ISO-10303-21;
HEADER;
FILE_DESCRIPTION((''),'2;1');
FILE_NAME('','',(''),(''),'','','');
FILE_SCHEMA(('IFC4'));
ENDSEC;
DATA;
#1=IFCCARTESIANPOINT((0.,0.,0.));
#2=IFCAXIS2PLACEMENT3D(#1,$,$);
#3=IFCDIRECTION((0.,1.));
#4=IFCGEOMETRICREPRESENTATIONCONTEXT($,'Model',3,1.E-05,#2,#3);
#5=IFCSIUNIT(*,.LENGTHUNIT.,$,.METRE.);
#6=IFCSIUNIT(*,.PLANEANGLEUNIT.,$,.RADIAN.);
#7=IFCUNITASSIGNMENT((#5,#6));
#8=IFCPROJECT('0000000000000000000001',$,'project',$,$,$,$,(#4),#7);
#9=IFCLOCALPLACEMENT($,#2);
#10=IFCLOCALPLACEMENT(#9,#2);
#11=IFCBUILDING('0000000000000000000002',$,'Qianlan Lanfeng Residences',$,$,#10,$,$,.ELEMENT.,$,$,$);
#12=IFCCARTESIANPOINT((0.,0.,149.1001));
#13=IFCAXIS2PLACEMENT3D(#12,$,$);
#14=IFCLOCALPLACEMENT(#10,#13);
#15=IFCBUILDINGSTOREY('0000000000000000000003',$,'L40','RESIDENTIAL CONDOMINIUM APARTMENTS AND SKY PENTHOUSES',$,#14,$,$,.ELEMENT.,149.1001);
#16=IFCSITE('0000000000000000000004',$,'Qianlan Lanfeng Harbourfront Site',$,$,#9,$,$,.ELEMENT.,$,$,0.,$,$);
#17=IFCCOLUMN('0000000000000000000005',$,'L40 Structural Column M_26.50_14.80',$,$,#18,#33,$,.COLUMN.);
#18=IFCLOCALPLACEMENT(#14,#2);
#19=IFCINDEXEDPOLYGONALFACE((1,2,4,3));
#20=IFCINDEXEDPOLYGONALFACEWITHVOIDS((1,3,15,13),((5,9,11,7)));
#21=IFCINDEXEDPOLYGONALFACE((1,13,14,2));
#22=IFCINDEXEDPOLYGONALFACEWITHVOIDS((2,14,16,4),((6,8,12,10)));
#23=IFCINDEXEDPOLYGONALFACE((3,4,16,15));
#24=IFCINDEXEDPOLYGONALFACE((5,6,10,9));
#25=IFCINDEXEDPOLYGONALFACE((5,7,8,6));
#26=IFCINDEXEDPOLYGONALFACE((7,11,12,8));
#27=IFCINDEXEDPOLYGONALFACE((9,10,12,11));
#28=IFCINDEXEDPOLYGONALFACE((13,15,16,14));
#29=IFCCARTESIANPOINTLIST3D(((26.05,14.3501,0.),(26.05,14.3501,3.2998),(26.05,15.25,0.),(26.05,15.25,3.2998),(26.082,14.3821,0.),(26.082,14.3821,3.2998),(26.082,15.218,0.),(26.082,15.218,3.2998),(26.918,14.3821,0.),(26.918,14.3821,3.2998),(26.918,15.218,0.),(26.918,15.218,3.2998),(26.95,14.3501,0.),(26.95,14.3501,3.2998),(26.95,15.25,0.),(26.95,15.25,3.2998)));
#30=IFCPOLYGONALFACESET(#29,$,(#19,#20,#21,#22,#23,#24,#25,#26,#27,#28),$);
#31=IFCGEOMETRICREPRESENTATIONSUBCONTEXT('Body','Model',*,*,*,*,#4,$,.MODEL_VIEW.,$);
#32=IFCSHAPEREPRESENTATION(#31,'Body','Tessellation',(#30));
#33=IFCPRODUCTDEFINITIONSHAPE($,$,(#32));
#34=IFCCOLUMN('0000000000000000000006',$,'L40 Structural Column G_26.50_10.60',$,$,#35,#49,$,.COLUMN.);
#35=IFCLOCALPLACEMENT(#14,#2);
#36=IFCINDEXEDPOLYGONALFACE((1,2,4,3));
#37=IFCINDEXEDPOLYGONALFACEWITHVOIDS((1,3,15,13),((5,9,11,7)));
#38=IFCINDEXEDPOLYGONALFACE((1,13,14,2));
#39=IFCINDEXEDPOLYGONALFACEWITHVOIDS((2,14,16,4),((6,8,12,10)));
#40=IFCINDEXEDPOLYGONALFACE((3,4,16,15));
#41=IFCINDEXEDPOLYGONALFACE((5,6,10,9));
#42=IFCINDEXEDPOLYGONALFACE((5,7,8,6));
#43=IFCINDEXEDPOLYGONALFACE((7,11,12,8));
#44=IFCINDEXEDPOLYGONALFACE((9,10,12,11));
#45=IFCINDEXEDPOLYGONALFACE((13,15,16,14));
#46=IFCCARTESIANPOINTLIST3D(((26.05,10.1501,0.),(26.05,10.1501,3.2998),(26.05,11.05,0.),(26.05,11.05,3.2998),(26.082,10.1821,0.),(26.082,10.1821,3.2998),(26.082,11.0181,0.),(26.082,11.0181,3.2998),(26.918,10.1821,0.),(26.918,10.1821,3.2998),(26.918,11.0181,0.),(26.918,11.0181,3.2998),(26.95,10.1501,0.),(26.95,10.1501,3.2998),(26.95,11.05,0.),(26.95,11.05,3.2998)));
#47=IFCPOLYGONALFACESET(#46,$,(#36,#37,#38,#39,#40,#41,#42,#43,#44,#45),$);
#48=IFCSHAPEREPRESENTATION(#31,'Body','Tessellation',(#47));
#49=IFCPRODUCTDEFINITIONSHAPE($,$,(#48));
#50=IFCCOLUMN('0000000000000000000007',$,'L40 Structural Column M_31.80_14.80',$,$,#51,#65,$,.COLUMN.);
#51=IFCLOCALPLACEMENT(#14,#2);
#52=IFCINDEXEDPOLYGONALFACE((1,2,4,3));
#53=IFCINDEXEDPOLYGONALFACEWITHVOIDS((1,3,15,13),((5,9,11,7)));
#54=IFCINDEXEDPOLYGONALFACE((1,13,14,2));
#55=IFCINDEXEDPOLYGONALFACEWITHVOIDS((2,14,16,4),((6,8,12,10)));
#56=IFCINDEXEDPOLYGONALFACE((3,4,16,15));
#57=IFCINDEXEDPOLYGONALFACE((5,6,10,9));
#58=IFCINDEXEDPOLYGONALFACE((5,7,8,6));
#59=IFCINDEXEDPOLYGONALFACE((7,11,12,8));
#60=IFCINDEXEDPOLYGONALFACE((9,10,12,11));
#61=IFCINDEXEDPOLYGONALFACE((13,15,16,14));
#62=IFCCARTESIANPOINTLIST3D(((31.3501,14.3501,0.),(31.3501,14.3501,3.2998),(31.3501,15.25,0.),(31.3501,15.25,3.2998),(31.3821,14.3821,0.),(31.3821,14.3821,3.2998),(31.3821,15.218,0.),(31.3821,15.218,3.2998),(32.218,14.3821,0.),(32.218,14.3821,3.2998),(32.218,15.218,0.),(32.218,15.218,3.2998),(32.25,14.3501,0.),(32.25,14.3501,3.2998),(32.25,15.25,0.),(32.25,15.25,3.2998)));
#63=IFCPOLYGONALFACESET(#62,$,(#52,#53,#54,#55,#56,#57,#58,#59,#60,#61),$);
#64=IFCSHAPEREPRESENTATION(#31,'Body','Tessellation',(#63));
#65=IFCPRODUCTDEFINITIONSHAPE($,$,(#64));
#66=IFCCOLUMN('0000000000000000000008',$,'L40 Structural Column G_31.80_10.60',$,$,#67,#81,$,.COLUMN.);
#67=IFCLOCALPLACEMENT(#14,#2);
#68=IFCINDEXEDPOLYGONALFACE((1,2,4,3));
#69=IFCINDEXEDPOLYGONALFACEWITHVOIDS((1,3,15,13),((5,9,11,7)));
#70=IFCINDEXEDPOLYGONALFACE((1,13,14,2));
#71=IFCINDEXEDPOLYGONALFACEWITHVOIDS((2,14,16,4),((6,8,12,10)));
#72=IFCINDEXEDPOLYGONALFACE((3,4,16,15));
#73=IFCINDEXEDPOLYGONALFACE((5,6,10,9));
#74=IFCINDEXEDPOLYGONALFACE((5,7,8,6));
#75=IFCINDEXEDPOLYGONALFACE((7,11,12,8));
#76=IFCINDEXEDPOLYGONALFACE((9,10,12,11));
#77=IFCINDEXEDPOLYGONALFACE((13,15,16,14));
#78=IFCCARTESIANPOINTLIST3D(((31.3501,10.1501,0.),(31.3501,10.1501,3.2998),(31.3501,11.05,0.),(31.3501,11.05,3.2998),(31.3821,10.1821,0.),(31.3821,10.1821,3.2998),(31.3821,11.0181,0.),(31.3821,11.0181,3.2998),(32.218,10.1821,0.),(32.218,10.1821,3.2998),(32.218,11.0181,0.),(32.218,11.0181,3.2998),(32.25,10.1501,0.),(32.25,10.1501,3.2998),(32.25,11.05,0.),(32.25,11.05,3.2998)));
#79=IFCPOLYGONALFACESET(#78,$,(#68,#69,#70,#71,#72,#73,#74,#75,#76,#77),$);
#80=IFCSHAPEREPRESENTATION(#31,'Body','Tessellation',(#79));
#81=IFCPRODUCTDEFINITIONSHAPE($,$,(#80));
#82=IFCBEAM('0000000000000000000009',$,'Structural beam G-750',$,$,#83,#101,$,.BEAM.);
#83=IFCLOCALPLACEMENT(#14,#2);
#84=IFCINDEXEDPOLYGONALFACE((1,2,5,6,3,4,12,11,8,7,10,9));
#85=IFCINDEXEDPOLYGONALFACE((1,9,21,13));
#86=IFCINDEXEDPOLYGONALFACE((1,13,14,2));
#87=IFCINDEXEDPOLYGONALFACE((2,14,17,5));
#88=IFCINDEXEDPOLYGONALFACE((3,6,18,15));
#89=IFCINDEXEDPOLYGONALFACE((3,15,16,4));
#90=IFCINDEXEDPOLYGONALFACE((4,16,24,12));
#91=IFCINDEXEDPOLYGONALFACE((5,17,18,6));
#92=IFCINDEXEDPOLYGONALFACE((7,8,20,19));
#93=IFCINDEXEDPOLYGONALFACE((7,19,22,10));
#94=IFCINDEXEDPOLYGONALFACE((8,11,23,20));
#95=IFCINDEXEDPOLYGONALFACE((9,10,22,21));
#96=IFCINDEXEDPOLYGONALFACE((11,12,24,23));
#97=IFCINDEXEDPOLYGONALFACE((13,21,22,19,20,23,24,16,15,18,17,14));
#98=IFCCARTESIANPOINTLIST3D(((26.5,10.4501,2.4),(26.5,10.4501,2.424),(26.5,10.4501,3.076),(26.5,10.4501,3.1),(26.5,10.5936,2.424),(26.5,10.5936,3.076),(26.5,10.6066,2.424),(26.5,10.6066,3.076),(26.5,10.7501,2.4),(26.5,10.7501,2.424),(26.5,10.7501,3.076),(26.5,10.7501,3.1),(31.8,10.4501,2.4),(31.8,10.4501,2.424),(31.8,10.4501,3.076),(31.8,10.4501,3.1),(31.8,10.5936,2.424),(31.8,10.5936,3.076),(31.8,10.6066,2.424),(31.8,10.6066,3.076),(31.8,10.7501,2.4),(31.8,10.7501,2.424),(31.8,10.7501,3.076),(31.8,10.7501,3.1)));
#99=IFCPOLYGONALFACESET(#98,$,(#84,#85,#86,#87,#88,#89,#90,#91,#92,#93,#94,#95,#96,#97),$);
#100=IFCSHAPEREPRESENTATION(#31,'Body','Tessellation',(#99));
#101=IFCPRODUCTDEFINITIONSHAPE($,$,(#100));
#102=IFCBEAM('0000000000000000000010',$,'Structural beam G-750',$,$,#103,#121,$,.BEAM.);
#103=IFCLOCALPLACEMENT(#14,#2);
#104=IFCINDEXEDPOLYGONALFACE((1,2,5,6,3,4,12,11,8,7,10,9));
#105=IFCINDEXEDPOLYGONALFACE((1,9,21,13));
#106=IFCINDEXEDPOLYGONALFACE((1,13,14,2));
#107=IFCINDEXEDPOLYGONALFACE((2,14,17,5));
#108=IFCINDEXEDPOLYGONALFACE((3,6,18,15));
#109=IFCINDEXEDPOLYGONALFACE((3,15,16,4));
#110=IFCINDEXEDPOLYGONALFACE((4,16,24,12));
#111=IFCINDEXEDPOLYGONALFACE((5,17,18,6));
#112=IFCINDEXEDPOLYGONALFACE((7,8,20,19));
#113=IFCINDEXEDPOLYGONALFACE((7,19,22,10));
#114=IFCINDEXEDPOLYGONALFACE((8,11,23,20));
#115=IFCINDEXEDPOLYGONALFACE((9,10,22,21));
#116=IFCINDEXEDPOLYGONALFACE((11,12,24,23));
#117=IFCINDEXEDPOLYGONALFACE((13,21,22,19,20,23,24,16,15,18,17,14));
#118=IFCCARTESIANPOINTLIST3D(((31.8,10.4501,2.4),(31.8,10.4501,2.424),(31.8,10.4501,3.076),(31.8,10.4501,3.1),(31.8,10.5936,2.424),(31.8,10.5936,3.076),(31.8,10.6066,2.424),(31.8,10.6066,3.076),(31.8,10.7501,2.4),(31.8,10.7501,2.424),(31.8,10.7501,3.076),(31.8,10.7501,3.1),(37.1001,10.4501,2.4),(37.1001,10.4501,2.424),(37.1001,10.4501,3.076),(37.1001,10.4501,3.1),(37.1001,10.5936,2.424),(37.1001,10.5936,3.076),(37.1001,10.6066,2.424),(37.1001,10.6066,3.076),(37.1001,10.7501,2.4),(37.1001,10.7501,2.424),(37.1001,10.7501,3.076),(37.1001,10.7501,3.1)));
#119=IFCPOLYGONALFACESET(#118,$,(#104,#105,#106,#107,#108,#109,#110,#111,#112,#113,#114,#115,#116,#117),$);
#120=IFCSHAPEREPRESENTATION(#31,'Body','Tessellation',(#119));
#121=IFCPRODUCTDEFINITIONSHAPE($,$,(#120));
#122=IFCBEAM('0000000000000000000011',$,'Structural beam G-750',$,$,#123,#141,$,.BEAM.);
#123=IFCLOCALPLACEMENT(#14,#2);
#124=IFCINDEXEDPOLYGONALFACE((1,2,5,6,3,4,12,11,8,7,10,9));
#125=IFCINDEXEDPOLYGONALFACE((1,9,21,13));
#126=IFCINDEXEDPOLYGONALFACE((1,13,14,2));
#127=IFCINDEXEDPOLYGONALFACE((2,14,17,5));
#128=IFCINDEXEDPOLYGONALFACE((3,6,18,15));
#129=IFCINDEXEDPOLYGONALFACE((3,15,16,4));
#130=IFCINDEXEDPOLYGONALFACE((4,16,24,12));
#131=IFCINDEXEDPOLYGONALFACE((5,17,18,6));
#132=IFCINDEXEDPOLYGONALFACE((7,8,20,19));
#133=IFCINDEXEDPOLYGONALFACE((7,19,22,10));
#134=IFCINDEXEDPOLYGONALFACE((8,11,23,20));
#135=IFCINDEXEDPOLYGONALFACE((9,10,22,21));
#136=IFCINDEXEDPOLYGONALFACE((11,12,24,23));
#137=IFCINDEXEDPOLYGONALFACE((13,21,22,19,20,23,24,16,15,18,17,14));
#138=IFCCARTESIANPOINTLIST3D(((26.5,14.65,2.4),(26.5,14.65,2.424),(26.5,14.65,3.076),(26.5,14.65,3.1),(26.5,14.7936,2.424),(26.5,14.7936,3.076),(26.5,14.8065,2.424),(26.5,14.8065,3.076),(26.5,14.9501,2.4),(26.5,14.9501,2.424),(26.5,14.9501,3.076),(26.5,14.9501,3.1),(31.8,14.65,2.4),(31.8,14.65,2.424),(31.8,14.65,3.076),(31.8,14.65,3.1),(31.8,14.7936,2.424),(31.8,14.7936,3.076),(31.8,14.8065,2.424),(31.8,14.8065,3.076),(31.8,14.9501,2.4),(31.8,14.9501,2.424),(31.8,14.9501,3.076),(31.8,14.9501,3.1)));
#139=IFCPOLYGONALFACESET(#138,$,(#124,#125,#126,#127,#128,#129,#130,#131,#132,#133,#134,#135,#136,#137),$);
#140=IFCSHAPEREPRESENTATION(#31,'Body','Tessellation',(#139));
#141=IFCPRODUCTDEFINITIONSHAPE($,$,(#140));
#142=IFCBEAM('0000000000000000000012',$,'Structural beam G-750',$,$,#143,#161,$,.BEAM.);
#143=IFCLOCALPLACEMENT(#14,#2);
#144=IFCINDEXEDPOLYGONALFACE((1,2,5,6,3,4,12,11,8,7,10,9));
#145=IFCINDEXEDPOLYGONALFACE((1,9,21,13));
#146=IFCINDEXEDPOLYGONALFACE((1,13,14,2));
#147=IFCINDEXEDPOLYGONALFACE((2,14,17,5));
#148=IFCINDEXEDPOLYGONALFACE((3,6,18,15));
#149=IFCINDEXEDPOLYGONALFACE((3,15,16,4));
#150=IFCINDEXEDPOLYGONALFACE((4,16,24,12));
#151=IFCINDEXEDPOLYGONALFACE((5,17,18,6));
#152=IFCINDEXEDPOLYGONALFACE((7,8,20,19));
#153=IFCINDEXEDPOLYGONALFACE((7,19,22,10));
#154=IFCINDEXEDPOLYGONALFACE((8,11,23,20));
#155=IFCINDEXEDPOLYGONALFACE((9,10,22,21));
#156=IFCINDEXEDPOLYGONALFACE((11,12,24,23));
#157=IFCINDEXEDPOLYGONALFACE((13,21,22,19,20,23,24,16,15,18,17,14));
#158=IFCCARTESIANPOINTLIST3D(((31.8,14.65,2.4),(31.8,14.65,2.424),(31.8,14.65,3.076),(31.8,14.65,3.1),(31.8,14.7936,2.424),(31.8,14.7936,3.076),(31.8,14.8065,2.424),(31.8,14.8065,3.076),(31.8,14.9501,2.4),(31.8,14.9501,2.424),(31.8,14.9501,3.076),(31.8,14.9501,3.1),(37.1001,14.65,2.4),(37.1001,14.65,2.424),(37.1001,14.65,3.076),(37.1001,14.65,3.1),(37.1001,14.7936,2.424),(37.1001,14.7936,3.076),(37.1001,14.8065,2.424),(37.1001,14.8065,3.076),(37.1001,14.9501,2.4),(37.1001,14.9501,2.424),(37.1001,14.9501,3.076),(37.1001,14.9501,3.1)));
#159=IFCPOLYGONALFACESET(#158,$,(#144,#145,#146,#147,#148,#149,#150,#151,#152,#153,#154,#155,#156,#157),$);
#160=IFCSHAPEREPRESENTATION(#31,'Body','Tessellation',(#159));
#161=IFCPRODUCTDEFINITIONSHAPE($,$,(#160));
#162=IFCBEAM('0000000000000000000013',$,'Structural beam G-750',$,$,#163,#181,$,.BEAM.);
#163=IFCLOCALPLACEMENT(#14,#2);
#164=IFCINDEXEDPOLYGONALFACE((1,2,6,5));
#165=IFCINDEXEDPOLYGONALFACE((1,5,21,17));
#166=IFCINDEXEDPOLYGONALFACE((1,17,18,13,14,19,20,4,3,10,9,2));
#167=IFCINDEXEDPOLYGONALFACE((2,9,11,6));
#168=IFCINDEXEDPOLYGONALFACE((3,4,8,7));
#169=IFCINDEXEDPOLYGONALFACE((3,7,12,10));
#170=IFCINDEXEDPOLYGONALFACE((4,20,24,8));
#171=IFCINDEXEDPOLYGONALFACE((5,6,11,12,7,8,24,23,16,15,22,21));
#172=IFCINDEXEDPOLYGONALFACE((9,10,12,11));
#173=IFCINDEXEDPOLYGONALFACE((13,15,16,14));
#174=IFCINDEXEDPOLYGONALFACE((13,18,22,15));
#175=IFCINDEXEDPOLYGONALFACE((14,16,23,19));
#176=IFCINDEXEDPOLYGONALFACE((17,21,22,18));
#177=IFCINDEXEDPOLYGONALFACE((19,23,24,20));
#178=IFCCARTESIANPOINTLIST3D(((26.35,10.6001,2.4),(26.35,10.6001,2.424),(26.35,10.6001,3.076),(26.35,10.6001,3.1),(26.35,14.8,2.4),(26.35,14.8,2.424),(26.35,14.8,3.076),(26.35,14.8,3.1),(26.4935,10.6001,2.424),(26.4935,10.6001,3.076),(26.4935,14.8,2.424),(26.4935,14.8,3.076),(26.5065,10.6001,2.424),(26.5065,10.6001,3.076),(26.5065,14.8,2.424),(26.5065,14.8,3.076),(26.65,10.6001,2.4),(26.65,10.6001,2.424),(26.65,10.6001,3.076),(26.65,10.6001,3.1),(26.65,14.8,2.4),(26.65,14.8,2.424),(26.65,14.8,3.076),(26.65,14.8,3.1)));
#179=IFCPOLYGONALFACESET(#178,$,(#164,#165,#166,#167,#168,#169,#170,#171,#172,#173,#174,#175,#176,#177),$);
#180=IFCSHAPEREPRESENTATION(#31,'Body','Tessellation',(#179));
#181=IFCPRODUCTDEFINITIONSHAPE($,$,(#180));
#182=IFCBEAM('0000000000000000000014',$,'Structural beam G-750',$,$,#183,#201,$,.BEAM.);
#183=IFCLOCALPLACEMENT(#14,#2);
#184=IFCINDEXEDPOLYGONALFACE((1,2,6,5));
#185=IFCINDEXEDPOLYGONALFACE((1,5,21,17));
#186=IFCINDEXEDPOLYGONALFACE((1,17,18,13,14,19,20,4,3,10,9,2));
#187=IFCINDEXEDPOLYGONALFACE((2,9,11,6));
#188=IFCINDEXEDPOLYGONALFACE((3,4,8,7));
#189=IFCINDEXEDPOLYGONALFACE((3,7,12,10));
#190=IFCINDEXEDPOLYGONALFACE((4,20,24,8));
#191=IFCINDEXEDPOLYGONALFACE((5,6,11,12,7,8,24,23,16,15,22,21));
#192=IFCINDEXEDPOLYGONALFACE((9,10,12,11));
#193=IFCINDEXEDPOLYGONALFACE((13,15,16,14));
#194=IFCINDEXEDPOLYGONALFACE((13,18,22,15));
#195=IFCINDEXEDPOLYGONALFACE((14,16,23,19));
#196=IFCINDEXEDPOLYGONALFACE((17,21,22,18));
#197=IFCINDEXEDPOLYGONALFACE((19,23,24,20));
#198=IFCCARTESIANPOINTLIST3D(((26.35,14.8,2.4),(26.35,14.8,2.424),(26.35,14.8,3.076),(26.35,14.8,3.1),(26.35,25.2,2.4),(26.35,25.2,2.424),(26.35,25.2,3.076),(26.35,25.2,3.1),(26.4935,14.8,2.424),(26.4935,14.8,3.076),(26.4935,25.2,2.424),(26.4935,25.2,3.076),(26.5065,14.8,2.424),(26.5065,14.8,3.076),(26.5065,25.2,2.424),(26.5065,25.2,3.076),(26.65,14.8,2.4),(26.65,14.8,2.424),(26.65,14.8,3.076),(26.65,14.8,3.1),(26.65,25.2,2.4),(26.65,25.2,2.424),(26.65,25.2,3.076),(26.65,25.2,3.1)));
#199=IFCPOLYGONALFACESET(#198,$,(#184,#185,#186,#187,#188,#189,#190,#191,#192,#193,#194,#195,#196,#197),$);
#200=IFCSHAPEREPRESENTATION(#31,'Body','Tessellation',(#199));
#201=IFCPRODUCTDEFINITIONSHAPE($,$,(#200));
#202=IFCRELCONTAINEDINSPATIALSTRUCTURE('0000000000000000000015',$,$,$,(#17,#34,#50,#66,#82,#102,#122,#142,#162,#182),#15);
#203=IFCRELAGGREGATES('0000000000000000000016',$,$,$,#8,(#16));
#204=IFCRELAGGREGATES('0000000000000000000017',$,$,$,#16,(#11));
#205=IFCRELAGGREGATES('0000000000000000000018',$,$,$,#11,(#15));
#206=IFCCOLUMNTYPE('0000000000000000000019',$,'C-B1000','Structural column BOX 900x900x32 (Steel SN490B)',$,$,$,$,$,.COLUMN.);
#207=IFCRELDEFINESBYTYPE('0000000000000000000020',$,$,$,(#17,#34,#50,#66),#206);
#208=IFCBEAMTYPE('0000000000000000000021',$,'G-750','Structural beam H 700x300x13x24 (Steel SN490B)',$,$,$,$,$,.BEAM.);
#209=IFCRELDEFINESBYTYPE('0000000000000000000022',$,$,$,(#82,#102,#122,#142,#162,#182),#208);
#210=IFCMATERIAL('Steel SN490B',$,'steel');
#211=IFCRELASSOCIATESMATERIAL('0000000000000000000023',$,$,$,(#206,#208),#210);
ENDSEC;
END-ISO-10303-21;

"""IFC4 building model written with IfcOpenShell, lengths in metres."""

from ifc_helpers import new_model, si_unit, direction, frame, origin, origin_2d, place, context, subcontext, project, spatial, hollow_rectangle, i_section, extrude, material, material_profile, profile_set, type_object, element, save


model = new_model("IFC4")

# Units and contexts
model_context = context("Model", 3, precision=1e-05, world=origin(), true_north=direction((0.0, 1.0)))
body_context = subcontext(model_context, "Body", "Model", "MODEL_VIEW")
ifc_project = project(units=[si_unit("LENGTHUNIT", "METRE"), si_unit("PLANEANGLEUNIT", "RADIAN")], contexts=[model_context])

# Site, building, storey
site_placement = place(None, origin())
site = spatial("IfcSite", under=ifc_project, at=site_placement, Name="Qianlan Lanfeng Harbourfront Site", CompositionType="ELEMENT", RefElevation=0.0)
building_placement = place(site_placement, origin())
building = spatial("IfcBuilding", under=site, at=building_placement, Name="Qianlan Lanfeng Residences", CompositionType="ELEMENT")
storey_placement = place(building_placement, frame((0.0, 0.0, 149.1001)))
storey = spatial("IfcBuildingStorey", under=building, at=storey_placement, Name="L40", Description="RESIDENTIAL CONDOMINIUM APARTMENTS AND SKY PENTHOUSES", CompositionType="ELEMENT", Elevation=149.1001)

# Columns
ifc_material_1 = material(Name="Steel SN490B", Category="steel")
ifc_material_profile_1 = material_profile(ifc_material_1, hollow_rectangle(XDim=0.8999, YDim=0.8999, WallThickness=0.032, at=origin_2d()), Name="BOX 900x900x32")
ifc_profile_set_1 = profile_set([ifc_material_profile_1], Name="Steel SN490B")
column_type = type_object("IfcColumnType", Name="C-B1000", Description="Structural column BOX 900x900x32 (Steel SN490B)", PredefinedType="COLUMN", material=ifc_profile_set_1)
for number, where, z_axis, x_axis, name in (
    (1, (26.5, 14.8, 0.0), (0.0, 0.0, 1.0), (1.0, 0.0, 0.0), "L40 Structural Column M_26.50_14.80"),
    (2, (26.5, 10.6001, 0.0), (0.0, 0.0, 1.0), (1.0, 0.0, 0.0), "L40 Structural Column G_26.50_10.60"),
    (3, (31.8, 14.8, 0.0), (0.0, 0.0, 1.0), (1.0, 0.0, 0.0), "L40 Structural Column M_31.80_14.80"),
    (4, (31.8, 10.6001, 0.0), (0.0, 0.0, 1.0), (1.0, 0.0, 0.0), "L40 Structural Column G_31.80_10.60"),
):
    element("IfcColumn", number, at=place(storey_placement, frame(where, z_axis=z_axis, x_axis=x_axis)), inside=storey, type_object=column_type, Name=name, PredefinedType="COLUMN", context=body_context, shape_type="SweptSolid", body=[
        extrude(hollow_rectangle(XDim=0.8999, YDim=0.8999, WallThickness=0.032, at=origin_2d()), origin(), (0.0, 0.0, 1.0), 3.2998),
    ])

# Beams
ifc_material_profile_2 = material_profile(ifc_material_1, i_section(OverallWidth=0.3, OverallDepth=0.7, WebThickness=0.0129, FlangeThickness=0.0239, at=origin_2d()), Name="H 700x300x13x24")
ifc_profile_set_2 = profile_set([ifc_material_profile_2], Name="Steel SN490B")
beam_type_1 = type_object("IfcBeamType", Name="G-750", Description="Structural beam H 700x300x13x24 (Steel SN490B)", PredefinedType="BEAM", material=ifc_profile_set_2)
for number, where, z_axis, x_axis, name in (
    (5, (26.5, 10.6001, 2.75), (1.0, 0.0, 0.0), (0.0, 1.0, 0.0), "Structural beam G-750"),
    (6, (31.8, 10.6001, 2.75), (1.0, 0.0, 0.0), (0.0, 1.0, 0.0), "Structural beam G-750"),
    (7, (26.5, 14.8, 2.75), (1.0, 0.0, 0.0), (0.0, 1.0, 0.0), "Structural beam G-750"),
    (8, (31.8, 14.8, 2.75), (1.0, 0.0, 0.0), (0.0, 1.0, 0.0), "Structural beam G-750"),
):
    element("IfcBeam", number, at=place(storey_placement, frame(where, z_axis=z_axis, x_axis=x_axis)), inside=storey, type_object=beam_type_1, Name=name, PredefinedType="BEAM", context=body_context, shape_type="SweptSolid", body=[
        extrude(i_section(OverallWidth=0.3, OverallDepth=0.7, WebThickness=0.0129, FlangeThickness=0.0239, at=origin_2d()), origin(), (0.0, 0.0, 1.0), 5.3),
    ])
beam_1_placement = place(storey_placement, frame((26.5, 10.6001, 2.75), z_axis=(0.0, 1.0, 0.0), x_axis=(-1.0, 0.0, 0.0)))
element("IfcBeam", 9, at=beam_1_placement, inside=storey, type_object=beam_type_1, Name="Structural beam G-750", PredefinedType="BEAM", context=body_context, shape_type="SweptSolid", body=[
    extrude(i_section(OverallWidth=0.3, OverallDepth=0.7, WebThickness=0.0129, FlangeThickness=0.0239, at=origin_2d()), origin(), (0.0, 0.0, 1.0), 4.2),
])
beam_2_placement = place(storey_placement, frame((26.5, 14.8, 2.75), z_axis=(0.0, 1.0, 0.0), x_axis=(-1.0, 0.0, 0.0)))
element("IfcBeam", 10, at=beam_2_placement, inside=storey, type_object=beam_type_1, Name="Structural beam G-750", PredefinedType="BEAM", context=body_context, shape_type="SweptSolid", body=[
    extrude(i_section(OverallWidth=0.3, OverallDepth=0.7, WebThickness=0.0129, FlangeThickness=0.0239, at=origin_2d()), origin(), (0.0, 0.0, 1.0), 10.3999),
])

save(model, "model.ifc")
